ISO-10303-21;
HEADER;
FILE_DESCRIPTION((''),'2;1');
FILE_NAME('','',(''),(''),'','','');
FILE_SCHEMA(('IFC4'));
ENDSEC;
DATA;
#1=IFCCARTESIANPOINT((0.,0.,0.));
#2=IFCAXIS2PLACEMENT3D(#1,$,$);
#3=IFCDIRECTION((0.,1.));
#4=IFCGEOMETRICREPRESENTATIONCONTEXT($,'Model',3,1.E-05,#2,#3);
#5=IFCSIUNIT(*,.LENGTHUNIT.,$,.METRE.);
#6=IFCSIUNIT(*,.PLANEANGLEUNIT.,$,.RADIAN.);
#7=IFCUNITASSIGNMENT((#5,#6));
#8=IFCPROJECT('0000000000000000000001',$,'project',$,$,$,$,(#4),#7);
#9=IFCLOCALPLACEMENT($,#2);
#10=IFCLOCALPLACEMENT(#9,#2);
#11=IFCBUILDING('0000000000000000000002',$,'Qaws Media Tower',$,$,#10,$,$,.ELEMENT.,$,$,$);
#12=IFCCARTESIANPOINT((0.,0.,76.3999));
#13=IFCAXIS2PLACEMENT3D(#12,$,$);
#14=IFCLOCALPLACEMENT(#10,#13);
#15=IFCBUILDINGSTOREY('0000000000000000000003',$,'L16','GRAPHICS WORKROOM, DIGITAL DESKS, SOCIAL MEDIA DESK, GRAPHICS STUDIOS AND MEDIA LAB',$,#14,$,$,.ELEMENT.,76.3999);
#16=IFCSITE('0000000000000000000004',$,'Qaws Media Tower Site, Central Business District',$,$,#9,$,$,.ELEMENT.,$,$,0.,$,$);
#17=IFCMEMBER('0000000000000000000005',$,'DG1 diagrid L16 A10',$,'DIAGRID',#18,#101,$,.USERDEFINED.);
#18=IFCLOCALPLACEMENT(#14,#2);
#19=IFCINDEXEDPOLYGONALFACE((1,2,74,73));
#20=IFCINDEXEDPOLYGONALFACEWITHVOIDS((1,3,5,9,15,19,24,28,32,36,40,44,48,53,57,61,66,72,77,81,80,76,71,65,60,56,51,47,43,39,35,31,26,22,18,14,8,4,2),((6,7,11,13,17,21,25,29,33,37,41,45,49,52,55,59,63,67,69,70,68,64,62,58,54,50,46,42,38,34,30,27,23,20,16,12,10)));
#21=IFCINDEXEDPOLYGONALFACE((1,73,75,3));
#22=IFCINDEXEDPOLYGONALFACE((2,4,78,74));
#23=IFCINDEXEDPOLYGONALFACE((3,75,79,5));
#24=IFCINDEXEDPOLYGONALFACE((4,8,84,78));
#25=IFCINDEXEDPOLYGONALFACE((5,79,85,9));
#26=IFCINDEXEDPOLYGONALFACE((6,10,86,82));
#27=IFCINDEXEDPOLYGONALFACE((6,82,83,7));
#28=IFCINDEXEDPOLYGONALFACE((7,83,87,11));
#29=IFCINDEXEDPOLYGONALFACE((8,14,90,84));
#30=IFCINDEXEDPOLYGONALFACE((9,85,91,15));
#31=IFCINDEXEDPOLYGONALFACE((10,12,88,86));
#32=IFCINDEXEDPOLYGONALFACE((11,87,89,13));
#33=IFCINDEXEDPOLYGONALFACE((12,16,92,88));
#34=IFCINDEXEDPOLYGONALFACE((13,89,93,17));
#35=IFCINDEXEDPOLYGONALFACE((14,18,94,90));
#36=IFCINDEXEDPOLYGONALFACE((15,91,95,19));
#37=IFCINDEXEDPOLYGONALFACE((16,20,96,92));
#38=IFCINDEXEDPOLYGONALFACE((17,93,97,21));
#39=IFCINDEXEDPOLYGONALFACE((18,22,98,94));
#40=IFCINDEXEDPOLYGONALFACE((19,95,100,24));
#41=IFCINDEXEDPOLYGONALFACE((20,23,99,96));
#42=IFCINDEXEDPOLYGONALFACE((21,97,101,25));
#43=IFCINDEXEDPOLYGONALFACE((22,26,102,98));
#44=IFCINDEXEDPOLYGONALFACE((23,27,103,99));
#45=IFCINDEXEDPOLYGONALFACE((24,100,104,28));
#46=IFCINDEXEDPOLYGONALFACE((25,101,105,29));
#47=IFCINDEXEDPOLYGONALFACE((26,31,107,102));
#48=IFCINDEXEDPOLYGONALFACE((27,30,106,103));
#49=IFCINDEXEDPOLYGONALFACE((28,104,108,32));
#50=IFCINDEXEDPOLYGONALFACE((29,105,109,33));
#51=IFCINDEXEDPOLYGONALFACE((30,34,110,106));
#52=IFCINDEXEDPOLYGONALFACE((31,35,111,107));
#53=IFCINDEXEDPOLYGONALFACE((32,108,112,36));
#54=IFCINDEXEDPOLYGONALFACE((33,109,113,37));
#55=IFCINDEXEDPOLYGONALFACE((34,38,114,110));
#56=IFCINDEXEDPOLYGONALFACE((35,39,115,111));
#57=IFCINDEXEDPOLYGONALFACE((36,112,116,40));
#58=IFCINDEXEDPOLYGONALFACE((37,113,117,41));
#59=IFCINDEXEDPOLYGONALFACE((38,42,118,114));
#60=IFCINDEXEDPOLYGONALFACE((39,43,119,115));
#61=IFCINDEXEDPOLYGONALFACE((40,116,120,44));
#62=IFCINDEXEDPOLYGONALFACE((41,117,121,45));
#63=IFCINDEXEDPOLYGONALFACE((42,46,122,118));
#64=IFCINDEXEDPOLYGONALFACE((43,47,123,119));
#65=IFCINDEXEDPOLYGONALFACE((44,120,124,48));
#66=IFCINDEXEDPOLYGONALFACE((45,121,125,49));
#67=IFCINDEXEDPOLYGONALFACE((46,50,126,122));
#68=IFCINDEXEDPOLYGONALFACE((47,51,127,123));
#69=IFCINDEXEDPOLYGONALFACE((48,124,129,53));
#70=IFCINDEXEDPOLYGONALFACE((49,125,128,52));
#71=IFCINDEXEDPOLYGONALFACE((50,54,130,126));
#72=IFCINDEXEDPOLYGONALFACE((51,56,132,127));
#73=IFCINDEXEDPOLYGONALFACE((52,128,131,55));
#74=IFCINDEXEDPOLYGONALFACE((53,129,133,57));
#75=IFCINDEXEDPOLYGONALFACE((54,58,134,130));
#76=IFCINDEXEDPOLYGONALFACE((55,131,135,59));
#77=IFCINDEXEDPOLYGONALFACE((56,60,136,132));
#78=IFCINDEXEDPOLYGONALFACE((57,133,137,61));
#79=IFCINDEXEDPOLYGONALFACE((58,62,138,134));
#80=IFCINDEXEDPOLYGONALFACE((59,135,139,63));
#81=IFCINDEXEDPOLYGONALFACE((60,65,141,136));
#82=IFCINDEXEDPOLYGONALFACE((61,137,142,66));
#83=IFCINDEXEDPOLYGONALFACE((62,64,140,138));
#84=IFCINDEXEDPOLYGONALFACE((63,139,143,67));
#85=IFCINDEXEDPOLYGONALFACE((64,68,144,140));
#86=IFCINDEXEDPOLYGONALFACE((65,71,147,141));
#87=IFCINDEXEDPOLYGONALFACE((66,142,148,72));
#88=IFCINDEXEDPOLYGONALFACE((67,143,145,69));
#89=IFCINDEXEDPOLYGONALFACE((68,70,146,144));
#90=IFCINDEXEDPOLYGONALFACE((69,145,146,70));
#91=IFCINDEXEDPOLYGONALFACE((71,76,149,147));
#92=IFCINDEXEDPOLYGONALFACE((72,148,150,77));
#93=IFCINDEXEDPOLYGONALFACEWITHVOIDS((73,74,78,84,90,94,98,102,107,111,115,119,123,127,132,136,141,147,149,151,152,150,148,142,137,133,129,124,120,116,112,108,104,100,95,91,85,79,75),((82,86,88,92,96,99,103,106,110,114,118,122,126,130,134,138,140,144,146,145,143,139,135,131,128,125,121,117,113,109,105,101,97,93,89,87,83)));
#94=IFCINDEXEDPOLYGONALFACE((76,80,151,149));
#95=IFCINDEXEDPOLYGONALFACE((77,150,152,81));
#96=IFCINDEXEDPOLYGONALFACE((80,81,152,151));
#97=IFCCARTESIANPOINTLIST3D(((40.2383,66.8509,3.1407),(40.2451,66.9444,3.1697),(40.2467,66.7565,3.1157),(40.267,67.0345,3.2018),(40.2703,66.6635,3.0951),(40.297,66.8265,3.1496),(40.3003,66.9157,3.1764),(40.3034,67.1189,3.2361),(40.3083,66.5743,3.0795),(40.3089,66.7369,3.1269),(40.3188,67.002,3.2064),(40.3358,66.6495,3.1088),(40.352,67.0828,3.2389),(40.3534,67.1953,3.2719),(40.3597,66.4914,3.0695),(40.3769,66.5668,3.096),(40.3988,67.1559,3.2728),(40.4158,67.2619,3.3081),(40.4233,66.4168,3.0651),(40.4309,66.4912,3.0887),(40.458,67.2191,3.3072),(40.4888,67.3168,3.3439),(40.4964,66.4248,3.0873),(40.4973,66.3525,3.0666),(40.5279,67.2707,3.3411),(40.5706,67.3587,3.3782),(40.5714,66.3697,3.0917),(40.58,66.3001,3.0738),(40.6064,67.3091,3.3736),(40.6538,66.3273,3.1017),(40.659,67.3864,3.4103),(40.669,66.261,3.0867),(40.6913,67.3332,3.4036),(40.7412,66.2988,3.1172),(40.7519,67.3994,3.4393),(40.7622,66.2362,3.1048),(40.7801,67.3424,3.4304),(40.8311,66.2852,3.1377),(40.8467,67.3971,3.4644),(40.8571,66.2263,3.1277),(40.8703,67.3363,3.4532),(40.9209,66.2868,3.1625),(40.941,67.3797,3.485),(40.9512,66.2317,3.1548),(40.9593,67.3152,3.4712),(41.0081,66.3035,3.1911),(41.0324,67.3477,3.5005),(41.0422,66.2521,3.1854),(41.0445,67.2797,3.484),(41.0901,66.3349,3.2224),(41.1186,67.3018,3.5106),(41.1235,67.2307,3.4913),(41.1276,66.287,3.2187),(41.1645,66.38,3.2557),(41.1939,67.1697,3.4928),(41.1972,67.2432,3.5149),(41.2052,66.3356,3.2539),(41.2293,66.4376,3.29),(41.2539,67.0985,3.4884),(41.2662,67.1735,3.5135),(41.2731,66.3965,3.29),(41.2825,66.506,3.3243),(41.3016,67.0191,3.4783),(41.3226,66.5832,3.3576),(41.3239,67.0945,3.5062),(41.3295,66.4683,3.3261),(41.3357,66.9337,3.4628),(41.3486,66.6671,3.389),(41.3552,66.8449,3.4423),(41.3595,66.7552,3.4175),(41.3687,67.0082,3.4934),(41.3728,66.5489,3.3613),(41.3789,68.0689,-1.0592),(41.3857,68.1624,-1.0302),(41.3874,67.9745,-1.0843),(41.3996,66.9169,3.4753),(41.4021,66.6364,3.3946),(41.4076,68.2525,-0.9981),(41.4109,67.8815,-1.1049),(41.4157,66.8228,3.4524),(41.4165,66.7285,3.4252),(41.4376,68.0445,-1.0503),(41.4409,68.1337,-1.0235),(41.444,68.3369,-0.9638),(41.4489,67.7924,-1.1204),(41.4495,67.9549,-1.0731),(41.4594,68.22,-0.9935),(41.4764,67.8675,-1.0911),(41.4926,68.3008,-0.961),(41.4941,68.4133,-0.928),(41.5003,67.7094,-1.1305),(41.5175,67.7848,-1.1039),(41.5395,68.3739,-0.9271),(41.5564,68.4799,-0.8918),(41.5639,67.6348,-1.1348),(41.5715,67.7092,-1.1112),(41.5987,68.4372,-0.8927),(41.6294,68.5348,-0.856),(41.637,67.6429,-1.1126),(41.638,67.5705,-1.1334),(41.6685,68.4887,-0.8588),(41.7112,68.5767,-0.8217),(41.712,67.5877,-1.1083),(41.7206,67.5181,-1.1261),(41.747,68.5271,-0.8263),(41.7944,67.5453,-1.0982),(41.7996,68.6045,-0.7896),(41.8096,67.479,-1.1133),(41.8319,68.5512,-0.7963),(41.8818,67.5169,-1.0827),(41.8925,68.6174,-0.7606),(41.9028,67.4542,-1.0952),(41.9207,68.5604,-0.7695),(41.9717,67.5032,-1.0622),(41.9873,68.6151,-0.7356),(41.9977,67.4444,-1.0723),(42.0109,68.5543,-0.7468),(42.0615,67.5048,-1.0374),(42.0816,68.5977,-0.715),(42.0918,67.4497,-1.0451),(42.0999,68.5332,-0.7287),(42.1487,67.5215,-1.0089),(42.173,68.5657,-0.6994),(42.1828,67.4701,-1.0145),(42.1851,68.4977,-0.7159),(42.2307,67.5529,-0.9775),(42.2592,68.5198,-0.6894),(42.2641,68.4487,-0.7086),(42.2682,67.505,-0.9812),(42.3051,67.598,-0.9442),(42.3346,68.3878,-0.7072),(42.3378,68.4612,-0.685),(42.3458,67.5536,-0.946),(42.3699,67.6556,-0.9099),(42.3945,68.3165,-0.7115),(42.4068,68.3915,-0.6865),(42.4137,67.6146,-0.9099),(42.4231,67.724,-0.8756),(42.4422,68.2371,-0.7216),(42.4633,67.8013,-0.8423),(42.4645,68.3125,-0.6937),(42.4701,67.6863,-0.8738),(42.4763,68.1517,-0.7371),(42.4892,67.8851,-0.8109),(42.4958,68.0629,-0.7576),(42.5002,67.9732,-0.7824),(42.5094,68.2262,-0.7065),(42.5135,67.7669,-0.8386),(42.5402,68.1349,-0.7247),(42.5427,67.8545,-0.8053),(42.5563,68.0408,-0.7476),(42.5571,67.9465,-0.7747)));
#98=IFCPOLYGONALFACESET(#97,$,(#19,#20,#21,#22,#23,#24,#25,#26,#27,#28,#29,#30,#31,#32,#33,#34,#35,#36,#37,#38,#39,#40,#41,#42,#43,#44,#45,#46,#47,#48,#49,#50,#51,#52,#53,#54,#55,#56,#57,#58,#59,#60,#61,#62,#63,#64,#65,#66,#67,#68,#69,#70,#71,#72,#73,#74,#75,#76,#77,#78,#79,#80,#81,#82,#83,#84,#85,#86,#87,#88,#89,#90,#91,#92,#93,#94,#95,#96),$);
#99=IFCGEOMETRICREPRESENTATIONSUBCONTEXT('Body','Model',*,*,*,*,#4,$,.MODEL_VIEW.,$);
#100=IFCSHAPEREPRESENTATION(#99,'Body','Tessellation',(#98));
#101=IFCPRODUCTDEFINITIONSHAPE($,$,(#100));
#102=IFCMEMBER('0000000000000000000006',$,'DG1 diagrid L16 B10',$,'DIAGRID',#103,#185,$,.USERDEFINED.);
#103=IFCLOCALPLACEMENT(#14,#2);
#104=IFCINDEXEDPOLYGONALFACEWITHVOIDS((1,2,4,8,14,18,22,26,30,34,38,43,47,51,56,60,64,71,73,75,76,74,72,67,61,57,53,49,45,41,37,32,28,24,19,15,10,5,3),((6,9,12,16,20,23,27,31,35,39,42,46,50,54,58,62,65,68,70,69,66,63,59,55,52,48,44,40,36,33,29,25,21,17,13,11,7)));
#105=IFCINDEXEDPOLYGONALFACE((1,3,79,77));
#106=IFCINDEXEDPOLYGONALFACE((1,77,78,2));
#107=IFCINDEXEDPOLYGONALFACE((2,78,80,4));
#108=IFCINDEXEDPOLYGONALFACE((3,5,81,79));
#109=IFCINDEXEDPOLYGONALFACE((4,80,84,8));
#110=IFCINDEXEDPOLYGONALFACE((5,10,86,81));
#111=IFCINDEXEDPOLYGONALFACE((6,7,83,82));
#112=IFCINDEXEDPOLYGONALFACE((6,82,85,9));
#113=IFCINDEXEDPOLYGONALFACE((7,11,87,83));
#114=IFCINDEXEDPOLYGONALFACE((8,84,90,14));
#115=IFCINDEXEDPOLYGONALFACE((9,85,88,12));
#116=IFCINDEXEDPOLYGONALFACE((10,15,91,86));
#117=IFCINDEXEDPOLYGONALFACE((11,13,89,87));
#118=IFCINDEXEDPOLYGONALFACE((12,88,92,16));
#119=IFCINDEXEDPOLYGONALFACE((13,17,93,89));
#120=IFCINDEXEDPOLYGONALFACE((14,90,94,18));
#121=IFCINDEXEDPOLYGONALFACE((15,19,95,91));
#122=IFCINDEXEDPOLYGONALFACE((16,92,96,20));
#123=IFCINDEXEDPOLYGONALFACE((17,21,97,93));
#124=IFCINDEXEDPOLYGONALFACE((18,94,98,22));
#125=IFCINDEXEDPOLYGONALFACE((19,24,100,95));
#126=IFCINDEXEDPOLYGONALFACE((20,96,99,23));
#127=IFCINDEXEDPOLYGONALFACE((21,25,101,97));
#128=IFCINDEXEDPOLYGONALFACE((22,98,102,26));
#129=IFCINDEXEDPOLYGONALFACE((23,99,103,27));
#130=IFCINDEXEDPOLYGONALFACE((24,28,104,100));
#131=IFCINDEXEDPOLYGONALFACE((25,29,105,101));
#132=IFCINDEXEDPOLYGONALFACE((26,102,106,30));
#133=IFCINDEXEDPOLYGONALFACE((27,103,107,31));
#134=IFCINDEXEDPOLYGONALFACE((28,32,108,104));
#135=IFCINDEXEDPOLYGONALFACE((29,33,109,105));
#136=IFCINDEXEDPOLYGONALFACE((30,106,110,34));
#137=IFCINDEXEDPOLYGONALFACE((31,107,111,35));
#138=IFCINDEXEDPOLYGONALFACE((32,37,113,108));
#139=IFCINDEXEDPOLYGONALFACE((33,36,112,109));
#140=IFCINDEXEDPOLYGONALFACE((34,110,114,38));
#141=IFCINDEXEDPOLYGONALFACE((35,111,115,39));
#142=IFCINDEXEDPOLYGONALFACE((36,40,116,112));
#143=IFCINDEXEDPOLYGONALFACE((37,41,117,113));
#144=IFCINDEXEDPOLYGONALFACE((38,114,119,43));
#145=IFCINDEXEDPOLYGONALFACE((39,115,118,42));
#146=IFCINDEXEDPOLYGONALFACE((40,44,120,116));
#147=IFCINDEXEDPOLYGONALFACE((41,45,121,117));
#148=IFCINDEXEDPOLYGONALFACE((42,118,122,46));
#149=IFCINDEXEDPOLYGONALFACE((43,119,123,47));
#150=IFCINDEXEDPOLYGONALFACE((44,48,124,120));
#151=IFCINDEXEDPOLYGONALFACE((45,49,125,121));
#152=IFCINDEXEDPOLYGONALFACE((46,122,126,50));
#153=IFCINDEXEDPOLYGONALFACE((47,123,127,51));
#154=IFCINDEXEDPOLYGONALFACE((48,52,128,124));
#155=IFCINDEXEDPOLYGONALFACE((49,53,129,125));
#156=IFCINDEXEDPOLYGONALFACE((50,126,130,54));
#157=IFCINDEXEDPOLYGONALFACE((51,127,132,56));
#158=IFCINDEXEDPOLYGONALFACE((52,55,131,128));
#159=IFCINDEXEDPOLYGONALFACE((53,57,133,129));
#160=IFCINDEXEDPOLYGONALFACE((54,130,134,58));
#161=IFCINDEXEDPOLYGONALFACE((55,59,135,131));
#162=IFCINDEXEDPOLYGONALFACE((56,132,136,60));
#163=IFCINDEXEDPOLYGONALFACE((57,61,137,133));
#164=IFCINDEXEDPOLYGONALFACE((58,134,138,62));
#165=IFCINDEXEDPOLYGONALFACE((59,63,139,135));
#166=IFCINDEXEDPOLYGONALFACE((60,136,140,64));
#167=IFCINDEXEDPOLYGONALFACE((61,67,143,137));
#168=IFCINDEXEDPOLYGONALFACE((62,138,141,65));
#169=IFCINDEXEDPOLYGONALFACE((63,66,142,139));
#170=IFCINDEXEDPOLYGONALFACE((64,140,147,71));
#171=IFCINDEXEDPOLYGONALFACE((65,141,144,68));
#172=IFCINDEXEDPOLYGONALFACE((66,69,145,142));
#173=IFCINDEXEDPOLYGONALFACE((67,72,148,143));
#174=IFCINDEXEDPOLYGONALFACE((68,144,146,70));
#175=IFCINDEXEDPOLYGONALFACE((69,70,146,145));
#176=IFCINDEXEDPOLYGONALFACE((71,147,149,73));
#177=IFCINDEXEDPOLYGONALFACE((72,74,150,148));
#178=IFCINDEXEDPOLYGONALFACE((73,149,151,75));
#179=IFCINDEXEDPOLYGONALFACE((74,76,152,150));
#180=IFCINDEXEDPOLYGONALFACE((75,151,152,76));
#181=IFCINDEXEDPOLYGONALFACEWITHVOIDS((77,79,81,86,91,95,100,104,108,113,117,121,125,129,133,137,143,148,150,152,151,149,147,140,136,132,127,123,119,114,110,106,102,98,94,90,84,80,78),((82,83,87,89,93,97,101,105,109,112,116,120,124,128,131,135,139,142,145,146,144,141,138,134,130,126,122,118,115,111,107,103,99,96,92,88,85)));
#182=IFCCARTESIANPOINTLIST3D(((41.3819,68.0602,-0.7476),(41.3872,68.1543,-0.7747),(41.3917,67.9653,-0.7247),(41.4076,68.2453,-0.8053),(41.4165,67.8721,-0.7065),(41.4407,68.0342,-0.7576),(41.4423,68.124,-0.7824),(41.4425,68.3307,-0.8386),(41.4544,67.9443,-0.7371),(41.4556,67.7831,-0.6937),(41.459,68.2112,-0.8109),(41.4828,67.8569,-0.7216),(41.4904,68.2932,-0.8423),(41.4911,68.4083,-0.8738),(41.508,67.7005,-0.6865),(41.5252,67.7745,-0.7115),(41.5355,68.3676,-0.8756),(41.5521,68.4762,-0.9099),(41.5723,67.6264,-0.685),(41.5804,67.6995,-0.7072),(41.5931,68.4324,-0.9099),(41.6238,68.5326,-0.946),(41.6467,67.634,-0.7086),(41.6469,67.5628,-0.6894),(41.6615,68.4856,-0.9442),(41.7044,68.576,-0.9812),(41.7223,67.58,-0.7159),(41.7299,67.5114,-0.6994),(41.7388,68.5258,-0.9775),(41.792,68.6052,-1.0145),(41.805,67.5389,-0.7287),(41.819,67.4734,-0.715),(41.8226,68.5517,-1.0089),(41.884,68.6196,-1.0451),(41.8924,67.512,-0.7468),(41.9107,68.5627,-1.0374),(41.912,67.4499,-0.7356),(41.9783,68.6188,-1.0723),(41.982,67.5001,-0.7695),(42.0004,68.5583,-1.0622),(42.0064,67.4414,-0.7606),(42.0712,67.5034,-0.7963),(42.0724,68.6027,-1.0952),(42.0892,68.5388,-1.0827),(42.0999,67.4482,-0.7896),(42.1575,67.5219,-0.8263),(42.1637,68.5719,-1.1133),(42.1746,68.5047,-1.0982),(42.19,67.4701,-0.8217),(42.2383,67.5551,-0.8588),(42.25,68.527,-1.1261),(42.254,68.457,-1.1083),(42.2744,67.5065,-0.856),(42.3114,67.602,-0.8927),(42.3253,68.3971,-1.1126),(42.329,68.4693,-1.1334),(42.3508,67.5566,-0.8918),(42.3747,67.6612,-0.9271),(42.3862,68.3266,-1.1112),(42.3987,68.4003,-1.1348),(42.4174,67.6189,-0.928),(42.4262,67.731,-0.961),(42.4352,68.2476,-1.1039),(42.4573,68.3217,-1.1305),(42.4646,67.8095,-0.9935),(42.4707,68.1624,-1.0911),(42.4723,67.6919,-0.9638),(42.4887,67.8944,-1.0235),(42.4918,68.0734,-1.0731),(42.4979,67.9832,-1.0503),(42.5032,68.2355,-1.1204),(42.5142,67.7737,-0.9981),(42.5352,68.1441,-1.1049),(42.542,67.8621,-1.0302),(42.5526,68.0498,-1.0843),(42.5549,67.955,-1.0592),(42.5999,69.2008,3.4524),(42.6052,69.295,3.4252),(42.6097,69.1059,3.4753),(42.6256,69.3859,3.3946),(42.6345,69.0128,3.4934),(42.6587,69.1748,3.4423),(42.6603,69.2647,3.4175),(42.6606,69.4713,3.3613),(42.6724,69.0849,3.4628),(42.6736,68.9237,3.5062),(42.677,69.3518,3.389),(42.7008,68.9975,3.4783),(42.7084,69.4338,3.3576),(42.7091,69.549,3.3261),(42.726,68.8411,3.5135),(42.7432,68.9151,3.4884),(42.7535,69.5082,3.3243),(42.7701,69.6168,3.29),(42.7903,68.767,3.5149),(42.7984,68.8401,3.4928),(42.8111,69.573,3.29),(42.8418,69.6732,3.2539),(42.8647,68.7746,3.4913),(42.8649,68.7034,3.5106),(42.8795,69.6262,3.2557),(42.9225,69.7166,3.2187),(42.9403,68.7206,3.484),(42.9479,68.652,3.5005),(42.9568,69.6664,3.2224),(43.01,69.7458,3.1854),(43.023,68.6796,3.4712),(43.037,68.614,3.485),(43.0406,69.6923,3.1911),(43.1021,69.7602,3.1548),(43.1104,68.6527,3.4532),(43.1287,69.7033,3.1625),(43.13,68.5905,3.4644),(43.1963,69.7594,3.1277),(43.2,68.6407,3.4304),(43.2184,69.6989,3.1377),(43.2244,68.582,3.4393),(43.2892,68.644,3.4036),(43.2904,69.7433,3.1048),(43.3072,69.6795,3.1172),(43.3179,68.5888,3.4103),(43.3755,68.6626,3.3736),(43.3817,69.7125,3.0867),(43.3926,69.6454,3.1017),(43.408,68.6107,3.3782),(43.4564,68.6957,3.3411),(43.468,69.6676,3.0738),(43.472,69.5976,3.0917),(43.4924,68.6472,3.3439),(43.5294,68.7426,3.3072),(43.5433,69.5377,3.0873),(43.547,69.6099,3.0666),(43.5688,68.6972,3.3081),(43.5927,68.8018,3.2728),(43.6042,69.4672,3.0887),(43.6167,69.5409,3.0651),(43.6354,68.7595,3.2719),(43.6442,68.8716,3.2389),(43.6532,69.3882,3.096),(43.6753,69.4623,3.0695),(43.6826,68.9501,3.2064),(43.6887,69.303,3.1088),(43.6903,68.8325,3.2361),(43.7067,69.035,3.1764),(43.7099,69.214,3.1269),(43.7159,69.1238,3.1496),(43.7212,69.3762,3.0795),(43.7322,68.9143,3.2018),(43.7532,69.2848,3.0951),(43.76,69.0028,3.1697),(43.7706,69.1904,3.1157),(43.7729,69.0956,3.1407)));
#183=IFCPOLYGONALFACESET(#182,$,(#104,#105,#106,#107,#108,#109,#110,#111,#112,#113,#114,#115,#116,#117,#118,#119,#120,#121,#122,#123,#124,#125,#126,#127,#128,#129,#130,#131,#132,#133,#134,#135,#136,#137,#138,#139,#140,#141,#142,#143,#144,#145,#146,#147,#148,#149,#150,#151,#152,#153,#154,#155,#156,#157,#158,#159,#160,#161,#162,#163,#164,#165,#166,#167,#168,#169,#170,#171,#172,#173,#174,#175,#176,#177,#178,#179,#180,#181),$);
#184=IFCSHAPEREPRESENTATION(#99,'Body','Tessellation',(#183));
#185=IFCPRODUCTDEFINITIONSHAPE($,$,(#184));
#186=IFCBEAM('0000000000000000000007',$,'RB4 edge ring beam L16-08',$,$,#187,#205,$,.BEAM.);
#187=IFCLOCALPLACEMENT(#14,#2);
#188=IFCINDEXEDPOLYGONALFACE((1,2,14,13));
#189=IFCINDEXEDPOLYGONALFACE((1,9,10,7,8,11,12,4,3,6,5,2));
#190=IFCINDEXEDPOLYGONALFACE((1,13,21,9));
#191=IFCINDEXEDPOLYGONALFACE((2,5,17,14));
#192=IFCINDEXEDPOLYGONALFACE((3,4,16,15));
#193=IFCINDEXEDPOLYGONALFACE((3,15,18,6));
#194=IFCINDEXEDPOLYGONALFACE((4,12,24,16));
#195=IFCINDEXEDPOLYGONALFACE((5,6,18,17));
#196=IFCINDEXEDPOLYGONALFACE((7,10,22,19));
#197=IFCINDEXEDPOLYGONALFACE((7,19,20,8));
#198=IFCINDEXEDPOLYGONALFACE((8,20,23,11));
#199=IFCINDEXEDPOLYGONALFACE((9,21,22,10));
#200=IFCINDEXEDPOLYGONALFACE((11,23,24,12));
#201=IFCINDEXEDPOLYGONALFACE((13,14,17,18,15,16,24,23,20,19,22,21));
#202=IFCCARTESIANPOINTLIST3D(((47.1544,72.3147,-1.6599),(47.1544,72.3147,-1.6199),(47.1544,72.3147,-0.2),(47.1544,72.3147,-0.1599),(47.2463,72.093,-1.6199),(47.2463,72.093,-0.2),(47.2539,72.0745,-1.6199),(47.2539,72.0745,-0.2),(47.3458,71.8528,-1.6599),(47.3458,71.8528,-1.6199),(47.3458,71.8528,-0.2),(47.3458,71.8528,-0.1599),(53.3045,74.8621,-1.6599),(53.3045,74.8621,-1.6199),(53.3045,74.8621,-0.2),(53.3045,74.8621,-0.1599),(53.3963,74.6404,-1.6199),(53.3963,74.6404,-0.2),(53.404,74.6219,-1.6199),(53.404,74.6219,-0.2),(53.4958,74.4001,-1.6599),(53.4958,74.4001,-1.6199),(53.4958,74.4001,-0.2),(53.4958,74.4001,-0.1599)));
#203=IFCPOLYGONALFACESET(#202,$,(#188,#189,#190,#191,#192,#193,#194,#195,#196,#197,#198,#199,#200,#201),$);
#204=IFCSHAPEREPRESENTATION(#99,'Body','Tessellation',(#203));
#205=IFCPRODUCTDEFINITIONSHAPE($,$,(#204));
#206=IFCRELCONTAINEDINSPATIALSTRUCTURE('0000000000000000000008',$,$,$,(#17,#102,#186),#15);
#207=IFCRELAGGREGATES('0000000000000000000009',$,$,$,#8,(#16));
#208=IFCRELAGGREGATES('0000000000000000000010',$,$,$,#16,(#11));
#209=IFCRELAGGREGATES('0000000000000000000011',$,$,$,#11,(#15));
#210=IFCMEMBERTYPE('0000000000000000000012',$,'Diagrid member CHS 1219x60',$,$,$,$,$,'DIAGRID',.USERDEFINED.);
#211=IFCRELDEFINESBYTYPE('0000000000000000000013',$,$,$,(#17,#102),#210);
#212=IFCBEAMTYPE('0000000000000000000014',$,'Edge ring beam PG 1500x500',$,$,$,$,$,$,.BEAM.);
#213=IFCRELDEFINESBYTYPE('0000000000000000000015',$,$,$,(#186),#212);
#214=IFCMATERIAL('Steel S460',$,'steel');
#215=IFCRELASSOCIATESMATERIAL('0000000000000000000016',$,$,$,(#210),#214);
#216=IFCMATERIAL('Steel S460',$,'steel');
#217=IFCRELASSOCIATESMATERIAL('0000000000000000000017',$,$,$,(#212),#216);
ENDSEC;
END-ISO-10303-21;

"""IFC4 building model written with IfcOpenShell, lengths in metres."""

from ifc_helpers import new_model, si_unit, direction, frame, origin, origin_2d, place, context, subcontext, project, spatial, hollow_circle, i_section, extrude, material, material_profile, profile_set, type_object, element, save


model = new_model("IFC4")

# Units and contexts
model_context = context("Model", 3, precision=1e-05, world=origin(), true_north=direction((0.0, 1.0)))
body_context = subcontext(model_context, "Body", "Model", "MODEL_VIEW")
ifc_project = project(units=[si_unit("LENGTHUNIT", "METRE"), si_unit("PLANEANGLEUNIT", "RADIAN")], contexts=[model_context])

# Site, building, storey
site_placement = place(None, origin())
site = spatial("IfcSite", under=ifc_project, at=site_placement, Name="Qaws Media Tower Site, Central Business District", CompositionType="ELEMENT", RefElevation=0.0)
building_placement = place(site_placement, origin())
building = spatial("IfcBuilding", under=site, at=building_placement, Name="Qaws Media Tower", CompositionType="ELEMENT")
storey_placement = place(building_placement, frame((0.0, 0.0, 76.3999)))
storey = spatial("IfcBuildingStorey", under=building, at=storey_placement, Name="L16", Description="GRAPHICS WORKROOM, DIGITAL DESKS, SOCIAL MEDIA DESK, GRAPHICS STUDIOS AND MEDIA LAB", CompositionType="ELEMENT", Elevation=76.3999)

# Members
ifc_material_1 = material(Name="Steel S460", Category="steel")
ifc_material_profile_1 = material_profile(ifc_material_1, hollow_circle(Radius=0.6096, WallThickness=0.0601, at=origin_2d()), Name="CHS 1219x60")
ifc_profile_set_1 = profile_set([ifc_material_profile_1], Name="Steel S460")
member_type_1 = type_object("IfcMemberType", Name="Diagrid member CHS 1219x60", ElementType="DIAGRID", PredefinedType="USERDEFINED", material=ifc_profile_set_1)
for number, where, z_axis, x_axis, name in (
    (1, (41.9688, 68.0312, -0.9099), (-0.252389, -0.269514, 0.929334), (0.729916, -0.683537, 0.0), "DG1 diagrid L16 A10"),
    (2, (41.9688, 68.0312, -0.9099), (0.269514, 0.252389, 0.929334), (-0.683537, 0.729916, 0.0), "DG1 diagrid L16 B10"),
):
    element("IfcMember", number, at=place(storey_placement, frame(where, z_axis=z_axis, x_axis=x_axis)), inside=storey, type_object=member_type_1, Name=name, ObjectType="DIAGRID", PredefinedType="USERDEFINED", context=body_context, shape_type="SweptSolid", body=[
        extrude(hollow_circle(Radius=0.6096, WallThickness=0.0601, at=origin_2d()), origin(), (0.0, 0.0, 1.0), 4.5193),
    ])

# Beam
ifc_material_2 = material(Name="Steel S460", Category="steel")
ifc_material_profile_2 = material_profile(ifc_material_2, i_section(OverallWidth=0.5, OverallDepth=1.5, WebThickness=0.02, FlangeThickness=0.04, at=origin_2d()), Name="PG 1500x500")
ifc_profile_set_2 = profile_set([ifc_material_profile_2], Name="Steel S460")
beam_type = type_object("IfcBeamType", Name="Edge ring beam PG 1500x500", PredefinedType="BEAM", material=ifc_profile_set_2)
beam_placement = place(storey_placement, frame((53.4001, 74.6311, -0.9099), z_axis=(-0.923885, -0.382669, 0.0), x_axis=(0.382669, -0.923885, 0.0)))
element("IfcBeam", 3, at=beam_placement, inside=storey, type_object=beam_type, Name="RB4 edge ring beam L16-08", PredefinedType="BEAM", context=body_context, shape_type="SweptSolid", body=[
    extrude(i_section(OverallWidth=0.5, OverallDepth=1.5, WebThickness=0.02, FlangeThickness=0.04, at=origin_2d()), origin(), (0.0, 0.0, 1.0), 6.6567),
])

save(model, "model.ifc")
